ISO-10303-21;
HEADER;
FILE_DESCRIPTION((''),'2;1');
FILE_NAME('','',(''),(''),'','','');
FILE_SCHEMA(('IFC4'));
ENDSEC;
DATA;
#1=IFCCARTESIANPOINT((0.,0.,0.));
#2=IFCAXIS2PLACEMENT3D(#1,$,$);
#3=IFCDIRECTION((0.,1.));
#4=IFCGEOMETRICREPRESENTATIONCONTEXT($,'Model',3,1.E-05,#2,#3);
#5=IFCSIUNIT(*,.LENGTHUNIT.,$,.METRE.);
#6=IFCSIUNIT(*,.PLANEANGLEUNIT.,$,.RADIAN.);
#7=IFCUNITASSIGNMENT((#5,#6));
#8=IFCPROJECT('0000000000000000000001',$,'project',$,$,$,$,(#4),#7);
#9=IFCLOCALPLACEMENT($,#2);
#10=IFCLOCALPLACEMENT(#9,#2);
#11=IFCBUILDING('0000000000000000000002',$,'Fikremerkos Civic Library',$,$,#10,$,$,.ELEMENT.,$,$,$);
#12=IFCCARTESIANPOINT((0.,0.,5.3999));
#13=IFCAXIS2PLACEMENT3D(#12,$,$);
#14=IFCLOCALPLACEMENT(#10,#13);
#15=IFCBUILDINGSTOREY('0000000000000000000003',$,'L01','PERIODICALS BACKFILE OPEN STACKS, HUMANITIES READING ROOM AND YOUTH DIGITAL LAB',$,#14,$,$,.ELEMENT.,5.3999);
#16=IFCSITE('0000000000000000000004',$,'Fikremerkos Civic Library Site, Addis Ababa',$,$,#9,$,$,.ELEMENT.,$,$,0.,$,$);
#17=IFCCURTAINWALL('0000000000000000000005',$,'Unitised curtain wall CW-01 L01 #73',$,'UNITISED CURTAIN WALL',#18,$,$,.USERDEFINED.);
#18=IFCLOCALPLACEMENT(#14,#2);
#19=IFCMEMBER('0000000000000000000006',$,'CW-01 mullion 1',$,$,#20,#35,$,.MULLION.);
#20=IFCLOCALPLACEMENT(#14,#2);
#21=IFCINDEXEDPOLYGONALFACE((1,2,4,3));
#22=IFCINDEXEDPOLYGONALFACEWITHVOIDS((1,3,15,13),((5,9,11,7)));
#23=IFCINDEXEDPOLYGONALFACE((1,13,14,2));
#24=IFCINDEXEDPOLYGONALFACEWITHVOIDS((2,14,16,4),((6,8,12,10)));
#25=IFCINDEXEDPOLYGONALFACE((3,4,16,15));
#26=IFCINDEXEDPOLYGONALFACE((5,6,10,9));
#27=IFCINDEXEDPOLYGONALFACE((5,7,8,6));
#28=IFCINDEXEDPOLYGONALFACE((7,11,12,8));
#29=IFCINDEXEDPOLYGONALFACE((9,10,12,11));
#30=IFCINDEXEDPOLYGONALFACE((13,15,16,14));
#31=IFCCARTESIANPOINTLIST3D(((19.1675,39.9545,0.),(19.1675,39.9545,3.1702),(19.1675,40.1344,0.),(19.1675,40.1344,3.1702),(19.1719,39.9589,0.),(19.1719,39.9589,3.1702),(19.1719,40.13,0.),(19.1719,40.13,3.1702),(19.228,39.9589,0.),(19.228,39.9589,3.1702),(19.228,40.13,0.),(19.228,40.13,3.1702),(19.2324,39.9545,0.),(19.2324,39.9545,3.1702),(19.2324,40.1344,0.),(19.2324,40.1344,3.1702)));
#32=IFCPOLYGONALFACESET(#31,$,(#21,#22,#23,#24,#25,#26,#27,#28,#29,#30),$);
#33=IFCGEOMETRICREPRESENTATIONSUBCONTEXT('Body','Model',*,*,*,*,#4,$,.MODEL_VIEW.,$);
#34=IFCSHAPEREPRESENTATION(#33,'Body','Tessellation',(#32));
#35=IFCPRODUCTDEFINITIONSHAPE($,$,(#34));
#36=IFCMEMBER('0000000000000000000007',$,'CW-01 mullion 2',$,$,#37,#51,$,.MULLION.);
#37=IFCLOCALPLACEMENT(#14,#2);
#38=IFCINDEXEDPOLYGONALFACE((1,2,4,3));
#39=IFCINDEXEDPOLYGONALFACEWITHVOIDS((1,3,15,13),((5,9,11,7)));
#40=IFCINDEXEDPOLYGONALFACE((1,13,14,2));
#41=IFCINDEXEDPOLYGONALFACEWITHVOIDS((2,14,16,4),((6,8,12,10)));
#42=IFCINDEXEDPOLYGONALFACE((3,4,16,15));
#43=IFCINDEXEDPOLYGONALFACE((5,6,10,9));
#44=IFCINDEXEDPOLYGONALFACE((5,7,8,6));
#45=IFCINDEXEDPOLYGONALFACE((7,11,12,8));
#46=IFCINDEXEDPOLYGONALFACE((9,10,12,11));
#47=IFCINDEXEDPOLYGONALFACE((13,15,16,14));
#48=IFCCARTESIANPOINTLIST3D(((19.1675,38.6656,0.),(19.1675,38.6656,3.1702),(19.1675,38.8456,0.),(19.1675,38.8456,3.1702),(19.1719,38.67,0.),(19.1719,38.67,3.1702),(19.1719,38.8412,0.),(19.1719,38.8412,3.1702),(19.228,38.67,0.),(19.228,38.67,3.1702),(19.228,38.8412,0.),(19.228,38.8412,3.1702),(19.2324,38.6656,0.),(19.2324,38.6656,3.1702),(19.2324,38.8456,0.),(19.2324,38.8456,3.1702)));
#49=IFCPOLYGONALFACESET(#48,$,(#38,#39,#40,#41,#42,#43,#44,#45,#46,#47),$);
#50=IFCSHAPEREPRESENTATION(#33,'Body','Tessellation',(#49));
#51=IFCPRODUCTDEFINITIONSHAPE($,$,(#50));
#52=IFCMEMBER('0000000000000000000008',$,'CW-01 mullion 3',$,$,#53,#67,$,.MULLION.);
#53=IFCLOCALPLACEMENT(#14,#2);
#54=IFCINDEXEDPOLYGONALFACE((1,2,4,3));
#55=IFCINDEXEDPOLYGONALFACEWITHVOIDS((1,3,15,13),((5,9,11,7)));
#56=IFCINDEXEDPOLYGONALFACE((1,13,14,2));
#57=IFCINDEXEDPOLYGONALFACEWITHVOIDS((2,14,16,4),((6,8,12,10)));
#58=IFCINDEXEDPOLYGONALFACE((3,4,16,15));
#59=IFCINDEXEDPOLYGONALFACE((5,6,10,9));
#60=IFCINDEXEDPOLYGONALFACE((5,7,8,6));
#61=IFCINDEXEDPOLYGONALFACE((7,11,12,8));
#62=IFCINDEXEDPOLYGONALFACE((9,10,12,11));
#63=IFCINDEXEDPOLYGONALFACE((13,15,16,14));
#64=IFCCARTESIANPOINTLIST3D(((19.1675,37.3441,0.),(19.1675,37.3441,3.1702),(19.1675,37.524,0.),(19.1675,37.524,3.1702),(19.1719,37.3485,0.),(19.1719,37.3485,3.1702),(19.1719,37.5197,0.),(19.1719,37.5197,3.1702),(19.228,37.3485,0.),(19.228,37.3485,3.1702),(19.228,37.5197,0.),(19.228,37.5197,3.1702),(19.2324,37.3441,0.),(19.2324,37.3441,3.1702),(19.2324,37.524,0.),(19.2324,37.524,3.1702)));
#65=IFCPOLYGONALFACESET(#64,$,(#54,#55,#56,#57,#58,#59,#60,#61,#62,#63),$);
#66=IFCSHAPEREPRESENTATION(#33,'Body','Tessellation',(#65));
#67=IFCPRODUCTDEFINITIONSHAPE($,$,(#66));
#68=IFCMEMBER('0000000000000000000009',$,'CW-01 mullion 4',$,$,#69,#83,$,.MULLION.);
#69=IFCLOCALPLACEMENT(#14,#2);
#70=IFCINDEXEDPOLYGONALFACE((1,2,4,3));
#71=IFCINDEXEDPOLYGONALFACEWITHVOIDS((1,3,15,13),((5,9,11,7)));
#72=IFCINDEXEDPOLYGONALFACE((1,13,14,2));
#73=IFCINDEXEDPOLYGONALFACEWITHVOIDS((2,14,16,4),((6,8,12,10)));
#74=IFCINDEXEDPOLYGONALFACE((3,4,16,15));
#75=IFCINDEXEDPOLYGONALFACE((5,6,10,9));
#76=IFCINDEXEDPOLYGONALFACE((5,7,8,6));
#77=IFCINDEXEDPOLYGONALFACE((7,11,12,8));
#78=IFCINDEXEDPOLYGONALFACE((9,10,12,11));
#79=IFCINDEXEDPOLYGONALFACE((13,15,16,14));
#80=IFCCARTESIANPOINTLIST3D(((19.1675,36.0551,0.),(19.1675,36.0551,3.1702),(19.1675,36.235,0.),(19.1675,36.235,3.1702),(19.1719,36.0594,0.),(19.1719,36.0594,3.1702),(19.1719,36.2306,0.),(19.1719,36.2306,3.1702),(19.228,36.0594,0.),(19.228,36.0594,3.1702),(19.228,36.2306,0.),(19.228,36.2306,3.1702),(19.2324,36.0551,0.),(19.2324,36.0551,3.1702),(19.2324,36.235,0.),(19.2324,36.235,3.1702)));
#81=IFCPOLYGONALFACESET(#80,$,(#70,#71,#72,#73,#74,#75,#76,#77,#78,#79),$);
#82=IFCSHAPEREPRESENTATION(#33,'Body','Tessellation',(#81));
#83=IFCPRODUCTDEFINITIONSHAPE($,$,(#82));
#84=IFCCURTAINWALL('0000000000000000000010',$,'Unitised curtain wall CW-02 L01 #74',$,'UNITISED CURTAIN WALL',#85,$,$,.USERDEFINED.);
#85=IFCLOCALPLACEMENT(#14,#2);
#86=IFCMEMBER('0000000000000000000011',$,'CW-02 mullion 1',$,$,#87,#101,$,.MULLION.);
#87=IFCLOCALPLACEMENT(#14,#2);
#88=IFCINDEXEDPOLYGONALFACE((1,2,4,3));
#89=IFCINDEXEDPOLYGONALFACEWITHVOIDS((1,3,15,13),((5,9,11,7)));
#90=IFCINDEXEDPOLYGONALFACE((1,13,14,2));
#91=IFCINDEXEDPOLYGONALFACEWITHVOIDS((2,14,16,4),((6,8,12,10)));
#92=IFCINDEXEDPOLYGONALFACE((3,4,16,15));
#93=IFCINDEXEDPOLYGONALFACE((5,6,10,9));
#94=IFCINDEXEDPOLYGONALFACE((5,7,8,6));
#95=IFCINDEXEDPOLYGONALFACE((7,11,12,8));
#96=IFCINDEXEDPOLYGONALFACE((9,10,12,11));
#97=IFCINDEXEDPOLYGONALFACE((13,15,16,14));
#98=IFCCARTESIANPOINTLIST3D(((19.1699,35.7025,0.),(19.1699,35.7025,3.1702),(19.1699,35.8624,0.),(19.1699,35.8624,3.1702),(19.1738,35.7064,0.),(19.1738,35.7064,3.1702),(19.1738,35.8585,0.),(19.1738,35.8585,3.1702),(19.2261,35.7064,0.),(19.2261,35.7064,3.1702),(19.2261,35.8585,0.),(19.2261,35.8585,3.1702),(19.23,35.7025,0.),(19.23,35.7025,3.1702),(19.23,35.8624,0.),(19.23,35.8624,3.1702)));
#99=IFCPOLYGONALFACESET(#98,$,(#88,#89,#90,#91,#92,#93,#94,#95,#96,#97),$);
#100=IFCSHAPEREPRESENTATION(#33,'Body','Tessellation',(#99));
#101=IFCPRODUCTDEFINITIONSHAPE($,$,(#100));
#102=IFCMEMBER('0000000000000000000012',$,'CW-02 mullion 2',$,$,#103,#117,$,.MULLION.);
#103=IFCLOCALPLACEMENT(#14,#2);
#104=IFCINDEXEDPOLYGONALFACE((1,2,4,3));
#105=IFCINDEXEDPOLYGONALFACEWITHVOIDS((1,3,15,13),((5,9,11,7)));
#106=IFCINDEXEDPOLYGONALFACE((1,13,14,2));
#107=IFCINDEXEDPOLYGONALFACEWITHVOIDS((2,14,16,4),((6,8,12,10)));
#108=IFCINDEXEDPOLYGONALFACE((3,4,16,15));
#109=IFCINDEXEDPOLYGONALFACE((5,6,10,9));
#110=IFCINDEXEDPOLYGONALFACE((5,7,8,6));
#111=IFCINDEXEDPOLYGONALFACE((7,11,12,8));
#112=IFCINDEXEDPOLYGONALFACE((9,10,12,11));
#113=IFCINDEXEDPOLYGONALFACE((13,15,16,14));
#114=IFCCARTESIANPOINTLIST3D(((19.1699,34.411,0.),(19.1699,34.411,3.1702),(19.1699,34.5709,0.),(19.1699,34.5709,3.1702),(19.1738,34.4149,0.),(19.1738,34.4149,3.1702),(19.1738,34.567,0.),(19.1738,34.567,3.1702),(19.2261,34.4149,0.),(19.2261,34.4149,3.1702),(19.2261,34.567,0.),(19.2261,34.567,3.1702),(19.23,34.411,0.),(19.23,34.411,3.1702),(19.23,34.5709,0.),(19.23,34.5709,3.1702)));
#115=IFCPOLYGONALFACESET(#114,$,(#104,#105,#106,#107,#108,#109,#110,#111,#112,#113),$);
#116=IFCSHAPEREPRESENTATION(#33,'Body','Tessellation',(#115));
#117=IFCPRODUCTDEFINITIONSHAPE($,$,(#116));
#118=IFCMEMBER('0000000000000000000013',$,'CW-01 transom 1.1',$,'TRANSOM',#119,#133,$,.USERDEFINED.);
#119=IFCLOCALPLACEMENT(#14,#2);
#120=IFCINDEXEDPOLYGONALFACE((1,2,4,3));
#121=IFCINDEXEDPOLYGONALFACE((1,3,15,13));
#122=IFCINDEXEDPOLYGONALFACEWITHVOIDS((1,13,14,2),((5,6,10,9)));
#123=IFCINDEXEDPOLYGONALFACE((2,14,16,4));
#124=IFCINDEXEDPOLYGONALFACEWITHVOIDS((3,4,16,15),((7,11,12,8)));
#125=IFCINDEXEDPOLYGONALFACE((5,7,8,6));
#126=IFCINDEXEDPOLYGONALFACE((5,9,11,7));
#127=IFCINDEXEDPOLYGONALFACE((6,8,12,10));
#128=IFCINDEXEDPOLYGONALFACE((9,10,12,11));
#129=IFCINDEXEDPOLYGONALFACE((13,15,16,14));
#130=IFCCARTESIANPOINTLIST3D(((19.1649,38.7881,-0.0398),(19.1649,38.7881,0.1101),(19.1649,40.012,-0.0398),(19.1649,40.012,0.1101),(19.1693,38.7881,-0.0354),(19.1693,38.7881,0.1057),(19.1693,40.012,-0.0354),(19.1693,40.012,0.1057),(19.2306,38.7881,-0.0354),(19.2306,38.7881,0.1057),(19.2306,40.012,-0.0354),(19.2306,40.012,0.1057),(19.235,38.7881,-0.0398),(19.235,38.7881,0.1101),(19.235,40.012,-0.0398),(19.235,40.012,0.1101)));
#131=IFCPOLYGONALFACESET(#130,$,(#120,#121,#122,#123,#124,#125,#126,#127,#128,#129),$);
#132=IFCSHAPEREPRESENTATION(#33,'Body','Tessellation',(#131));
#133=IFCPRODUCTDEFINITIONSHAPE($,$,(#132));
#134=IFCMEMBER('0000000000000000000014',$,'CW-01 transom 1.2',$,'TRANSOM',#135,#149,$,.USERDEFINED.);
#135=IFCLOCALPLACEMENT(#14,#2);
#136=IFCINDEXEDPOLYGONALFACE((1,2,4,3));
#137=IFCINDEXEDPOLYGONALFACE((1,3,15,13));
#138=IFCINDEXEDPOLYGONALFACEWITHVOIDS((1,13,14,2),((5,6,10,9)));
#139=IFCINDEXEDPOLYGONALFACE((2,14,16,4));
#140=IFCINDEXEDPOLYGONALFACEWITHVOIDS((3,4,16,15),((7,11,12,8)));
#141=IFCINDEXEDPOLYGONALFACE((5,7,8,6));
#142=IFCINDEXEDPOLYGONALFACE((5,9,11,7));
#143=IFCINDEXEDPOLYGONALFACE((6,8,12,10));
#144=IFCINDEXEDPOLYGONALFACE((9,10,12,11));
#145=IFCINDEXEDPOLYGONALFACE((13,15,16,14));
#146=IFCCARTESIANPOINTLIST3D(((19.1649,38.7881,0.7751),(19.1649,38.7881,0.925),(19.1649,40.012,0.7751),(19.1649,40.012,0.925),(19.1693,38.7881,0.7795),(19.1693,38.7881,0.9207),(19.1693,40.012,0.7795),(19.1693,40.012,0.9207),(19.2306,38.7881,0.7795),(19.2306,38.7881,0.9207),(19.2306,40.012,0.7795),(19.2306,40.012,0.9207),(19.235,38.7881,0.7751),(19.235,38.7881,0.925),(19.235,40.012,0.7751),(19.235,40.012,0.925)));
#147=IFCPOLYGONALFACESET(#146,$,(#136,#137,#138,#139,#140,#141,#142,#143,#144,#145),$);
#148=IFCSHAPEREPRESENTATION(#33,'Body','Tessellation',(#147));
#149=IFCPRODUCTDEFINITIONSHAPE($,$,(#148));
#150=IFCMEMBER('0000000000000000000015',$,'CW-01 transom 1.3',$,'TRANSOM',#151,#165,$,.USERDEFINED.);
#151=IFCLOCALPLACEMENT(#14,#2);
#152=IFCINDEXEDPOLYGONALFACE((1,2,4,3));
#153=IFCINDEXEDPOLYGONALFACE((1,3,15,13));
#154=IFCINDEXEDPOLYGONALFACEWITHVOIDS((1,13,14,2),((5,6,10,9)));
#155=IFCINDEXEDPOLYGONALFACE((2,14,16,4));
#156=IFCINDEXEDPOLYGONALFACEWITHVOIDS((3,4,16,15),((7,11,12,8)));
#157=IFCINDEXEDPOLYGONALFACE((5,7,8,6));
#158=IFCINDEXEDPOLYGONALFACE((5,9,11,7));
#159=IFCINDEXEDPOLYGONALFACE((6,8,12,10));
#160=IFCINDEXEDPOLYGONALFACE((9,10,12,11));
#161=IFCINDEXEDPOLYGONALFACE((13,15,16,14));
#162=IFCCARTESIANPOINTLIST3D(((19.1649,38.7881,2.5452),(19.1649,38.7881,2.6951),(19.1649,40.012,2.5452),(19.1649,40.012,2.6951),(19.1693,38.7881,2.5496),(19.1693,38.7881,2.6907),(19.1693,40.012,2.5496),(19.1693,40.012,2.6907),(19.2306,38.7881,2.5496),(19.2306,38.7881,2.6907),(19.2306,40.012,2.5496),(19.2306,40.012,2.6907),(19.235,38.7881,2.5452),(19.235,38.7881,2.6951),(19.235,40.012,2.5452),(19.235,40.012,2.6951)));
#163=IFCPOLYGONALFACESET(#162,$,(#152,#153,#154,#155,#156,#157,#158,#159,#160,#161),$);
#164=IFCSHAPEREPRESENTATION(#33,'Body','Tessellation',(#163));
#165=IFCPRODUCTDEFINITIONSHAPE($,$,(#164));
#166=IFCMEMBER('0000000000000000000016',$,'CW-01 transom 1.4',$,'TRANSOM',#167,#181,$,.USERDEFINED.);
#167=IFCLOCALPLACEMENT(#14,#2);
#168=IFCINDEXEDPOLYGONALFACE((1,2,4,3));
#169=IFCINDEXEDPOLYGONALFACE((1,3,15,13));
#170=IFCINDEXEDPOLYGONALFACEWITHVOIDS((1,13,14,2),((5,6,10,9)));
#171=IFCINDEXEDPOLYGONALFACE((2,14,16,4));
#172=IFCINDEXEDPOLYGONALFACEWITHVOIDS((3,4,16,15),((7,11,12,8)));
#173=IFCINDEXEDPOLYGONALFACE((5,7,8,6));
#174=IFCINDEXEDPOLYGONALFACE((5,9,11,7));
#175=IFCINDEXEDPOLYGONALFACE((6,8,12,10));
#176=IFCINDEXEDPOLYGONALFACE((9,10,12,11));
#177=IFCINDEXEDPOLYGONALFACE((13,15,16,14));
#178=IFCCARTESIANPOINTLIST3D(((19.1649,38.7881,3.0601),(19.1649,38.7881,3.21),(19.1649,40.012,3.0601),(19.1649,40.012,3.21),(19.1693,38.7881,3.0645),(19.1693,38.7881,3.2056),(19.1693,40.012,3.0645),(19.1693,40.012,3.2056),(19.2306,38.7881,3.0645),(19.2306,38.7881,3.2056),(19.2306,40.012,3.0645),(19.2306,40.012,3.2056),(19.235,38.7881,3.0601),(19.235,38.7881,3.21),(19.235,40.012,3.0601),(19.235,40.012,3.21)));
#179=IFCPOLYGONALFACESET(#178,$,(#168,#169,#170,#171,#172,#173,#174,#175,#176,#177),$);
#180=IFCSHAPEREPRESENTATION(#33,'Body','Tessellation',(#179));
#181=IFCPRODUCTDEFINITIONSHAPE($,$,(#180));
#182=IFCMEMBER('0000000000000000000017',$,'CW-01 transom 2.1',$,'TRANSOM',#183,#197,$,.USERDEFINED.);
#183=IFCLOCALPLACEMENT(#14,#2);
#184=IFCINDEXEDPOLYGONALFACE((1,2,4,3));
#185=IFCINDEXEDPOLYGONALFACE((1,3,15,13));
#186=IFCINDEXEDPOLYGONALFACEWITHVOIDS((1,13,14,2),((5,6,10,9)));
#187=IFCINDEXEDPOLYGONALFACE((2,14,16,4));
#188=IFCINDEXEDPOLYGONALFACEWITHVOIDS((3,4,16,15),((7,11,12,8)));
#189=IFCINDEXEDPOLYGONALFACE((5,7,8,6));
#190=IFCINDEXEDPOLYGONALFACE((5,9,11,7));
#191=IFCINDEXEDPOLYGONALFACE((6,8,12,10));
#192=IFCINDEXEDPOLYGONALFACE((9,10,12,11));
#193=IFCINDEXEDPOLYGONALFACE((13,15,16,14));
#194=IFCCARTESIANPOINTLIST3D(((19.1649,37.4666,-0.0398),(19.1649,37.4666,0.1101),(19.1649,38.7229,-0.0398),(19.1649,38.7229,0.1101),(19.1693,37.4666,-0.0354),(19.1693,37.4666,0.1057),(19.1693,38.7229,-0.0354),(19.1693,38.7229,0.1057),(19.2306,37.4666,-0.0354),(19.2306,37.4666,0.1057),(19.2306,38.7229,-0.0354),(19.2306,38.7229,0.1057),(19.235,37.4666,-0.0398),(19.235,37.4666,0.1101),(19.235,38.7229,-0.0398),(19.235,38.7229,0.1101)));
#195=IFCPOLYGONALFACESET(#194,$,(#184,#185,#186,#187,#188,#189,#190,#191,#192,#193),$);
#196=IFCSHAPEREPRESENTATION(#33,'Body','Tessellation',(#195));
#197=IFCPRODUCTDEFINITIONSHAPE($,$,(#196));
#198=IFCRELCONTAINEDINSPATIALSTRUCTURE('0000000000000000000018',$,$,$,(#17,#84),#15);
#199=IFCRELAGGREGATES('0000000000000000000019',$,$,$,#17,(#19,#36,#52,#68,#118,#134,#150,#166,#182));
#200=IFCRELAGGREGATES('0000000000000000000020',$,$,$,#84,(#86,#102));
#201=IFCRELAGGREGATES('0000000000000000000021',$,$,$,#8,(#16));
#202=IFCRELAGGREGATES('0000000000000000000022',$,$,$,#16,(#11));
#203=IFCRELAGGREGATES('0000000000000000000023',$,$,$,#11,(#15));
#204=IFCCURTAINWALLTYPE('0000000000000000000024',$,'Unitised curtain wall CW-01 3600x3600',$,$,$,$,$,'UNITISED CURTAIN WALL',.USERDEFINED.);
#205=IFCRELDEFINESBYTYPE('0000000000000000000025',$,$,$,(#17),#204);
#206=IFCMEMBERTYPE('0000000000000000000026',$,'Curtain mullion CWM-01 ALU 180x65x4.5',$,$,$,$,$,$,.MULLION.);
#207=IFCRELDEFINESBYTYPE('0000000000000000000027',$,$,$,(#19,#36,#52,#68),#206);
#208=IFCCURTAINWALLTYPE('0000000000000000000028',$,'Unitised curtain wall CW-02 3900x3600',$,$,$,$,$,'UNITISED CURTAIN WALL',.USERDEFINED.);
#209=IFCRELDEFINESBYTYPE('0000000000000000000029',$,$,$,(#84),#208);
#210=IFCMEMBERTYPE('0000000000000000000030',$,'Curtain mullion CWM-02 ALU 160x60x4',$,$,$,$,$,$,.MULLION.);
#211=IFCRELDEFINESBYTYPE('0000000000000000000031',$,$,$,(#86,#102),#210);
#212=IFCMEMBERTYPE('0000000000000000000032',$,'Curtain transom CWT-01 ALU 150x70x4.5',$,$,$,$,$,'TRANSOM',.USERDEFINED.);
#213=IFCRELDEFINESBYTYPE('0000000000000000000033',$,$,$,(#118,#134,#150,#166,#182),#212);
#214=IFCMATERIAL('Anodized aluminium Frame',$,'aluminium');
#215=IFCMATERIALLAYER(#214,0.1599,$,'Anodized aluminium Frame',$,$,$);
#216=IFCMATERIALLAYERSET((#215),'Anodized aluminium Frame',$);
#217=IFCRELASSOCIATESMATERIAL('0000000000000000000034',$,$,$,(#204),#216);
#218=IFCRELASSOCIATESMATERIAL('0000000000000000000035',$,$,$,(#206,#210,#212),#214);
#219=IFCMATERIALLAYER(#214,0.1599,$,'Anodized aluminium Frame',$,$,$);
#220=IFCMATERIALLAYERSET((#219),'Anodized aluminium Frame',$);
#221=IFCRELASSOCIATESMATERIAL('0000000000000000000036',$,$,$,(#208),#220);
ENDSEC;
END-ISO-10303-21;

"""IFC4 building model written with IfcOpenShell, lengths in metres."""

from ifc_helpers import new_model, si_unit, direction, frame, origin, origin_2d, place, context, subcontext, project, spatial, hollow_rectangle, extrude, material, layer, layer_set, material_profile, profile_set, type_object, element, aggregate, save


model = new_model("IFC4")

# Units and contexts
model_context = context("Model", 3, precision=1e-05, world=origin(), true_north=direction((0.0, 1.0)))
body_context = subcontext(model_context, "Body", "Model", "MODEL_VIEW")
ifc_project = project(units=[si_unit("LENGTHUNIT", "METRE"), si_unit("PLANEANGLEUNIT", "RADIAN")], contexts=[model_context])

# Site, building, storey
site_placement = place(None, origin())
site = spatial("IfcSite", under=ifc_project, at=site_placement, Name="Fikremerkos Civic Library Site, Addis Ababa", CompositionType="ELEMENT", RefElevation=0.0)
building_placement = place(site_placement, origin())
building = spatial("IfcBuilding", under=site, at=building_placement, Name="Fikremerkos Civic Library", CompositionType="ELEMENT")
storey_placement = place(building_placement, frame((0.0, 0.0, 5.3999)))
storey = spatial("IfcBuildingStorey", under=building, at=storey_placement, Name="L01", Description="PERIODICALS BACKFILE OPEN STACKS, HUMANITIES READING ROOM AND YOUTH DIGITAL LAB", CompositionType="ELEMENT", Elevation=5.3999)

# Curtain walls, members
ifc_material_1 = material(Name="Anodized aluminium Frame", Category="aluminium")
ifc_layer_1 = layer(ifc_material_1, 0.1599, Name="Anodized aluminium Frame")
ifc_layer_set_1 = layer_set([ifc_layer_1], Name="Anodized aluminium Frame")
curtain_wall_type_1 = type_object("IfcCurtainWallType", Name="Unitised curtain wall CW-01 3600x3600", ElementType="UNITISED CURTAIN WALL", PredefinedType="USERDEFINED", material=ifc_layer_set_1)
curtain_wall_1_placement = place(storey_placement, origin())
curtain_wall_1 = element("IfcCurtainWall", 1, at=curtain_wall_1_placement, inside=storey, type_object=curtain_wall_type_1, Name="Unitised curtain wall CW-01 L01 #73", ObjectType="UNITISED CURTAIN WALL", PredefinedType="USERDEFINED")
ifc_material_profile_1 = material_profile(ifc_material_1, hollow_rectangle(XDim=0.0649, YDim=0.1799, WallThickness=0.0044, at=origin_2d()), Name="ALU 180x65x4.5")
ifc_profile_set_1 = profile_set([ifc_material_profile_1], Name="Anodized aluminium Frame")
member_type_1 = type_object("IfcMemberType", Name="Curtain mullion CWM-01 ALU 180x65x4.5", PredefinedType="MULLION", material=ifc_profile_set_1)
member_1_placement = place(storey_placement, frame((19.2, 40.0444, 0.0), z_axis=(0.0, 0.0, 1.0), x_axis=(1.0, 0.0, 0.0)))
member_1 = element("IfcMember", 2, at=member_1_placement, type_object=member_type_1, Name="CW-01 mullion 1", PredefinedType="MULLION", context=body_context, shape_type="SweptSolid", body=[
    extrude(hollow_rectangle(XDim=0.0649, YDim=0.1799, WallThickness=0.0044, at=origin_2d()), origin(), (0.0, 0.0, 1.0), 3.1702),
])
member_2_placement = place(storey_placement, frame((19.2, 38.7556, 0.0), z_axis=(0.0, 0.0, 1.0), x_axis=(1.0, 0.0, 0.0)))
member_2 = element("IfcMember", 3, at=member_2_placement, type_object=member_type_1, Name="CW-01 mullion 2", PredefinedType="MULLION", context=body_context, shape_type="SweptSolid", body=[
    extrude(hollow_rectangle(XDim=0.0649, YDim=0.1799, WallThickness=0.0044, at=origin_2d()), origin(), (0.0, 0.0, 1.0), 3.1702),
])
member_3_placement = place(storey_placement, frame((19.2, 37.4341, 0.0), z_axis=(0.0, 0.0, 1.0), x_axis=(1.0, 0.0, 0.0)))
member_3 = element("IfcMember", 4, at=member_3_placement, type_object=member_type_1, Name="CW-01 mullion 3", PredefinedType="MULLION", context=body_context, shape_type="SweptSolid", body=[
    extrude(hollow_rectangle(XDim=0.0649, YDim=0.1799, WallThickness=0.0044, at=origin_2d()), origin(), (0.0, 0.0, 1.0), 3.1702),
])
member_4_placement = place(storey_placement, frame((19.2, 36.145, 0.0), z_axis=(0.0, 0.0, 1.0), x_axis=(1.0, 0.0, 0.0)))
member_4 = element("IfcMember", 5, at=member_4_placement, type_object=member_type_1, Name="CW-01 mullion 4", PredefinedType="MULLION", context=body_context, shape_type="SweptSolid", body=[
    extrude(hollow_rectangle(XDim=0.0649, YDim=0.1799, WallThickness=0.0044, at=origin_2d()), origin(), (0.0, 0.0, 1.0), 3.1702),
])
ifc_layer_2 = layer(ifc_material_1, 0.1599, Name="Anodized aluminium Frame")
ifc_layer_set_2 = layer_set([ifc_layer_2], Name="Anodized aluminium Frame")
curtain_wall_type_2 = type_object("IfcCurtainWallType", Name="Unitised curtain wall CW-02 3900x3600", ElementType="UNITISED CURTAIN WALL", PredefinedType="USERDEFINED", material=ifc_layer_set_2)
curtain_wall_2_placement = place(storey_placement, origin())
curtain_wall_2 = element("IfcCurtainWall", 6, at=curtain_wall_2_placement, inside=storey, type_object=curtain_wall_type_2, Name="Unitised curtain wall CW-02 L01 #74", ObjectType="UNITISED CURTAIN WALL", PredefinedType="USERDEFINED")
ifc_material_profile_2 = material_profile(ifc_material_1, hollow_rectangle(XDim=0.0601, YDim=0.1599, WallThickness=0.0039, at=origin_2d()), Name="ALU 160x60x4")
ifc_profile_set_2 = profile_set([ifc_material_profile_2], Name="Anodized aluminium Frame")
member_type_2 = type_object("IfcMemberType", Name="Curtain mullion CWM-02 ALU 160x60x4", PredefinedType="MULLION", material=ifc_profile_set_2)
member_5_placement = place(storey_placement, frame((19.2, 35.7825, 0.0), z_axis=(0.0, 0.0, 1.0), x_axis=(1.0, 0.0, 0.0)))
member_5 = element("IfcMember", 7, at=member_5_placement, type_object=member_type_2, Name="CW-02 mullion 1", PredefinedType="MULLION", context=body_context, shape_type="SweptSolid", body=[
    extrude(hollow_rectangle(XDim=0.0601, YDim=0.1599, WallThickness=0.0039, at=origin_2d()), origin(), (0.0, 0.0, 1.0), 3.1702),
])
member_6_placement = place(storey_placement, frame((19.2, 34.491, 0.0), z_axis=(0.0, 0.0, 1.0), x_axis=(1.0, 0.0, 0.0)))
member_6 = element("IfcMember", 8, at=member_6_placement, type_object=member_type_2, Name="CW-02 mullion 2", PredefinedType="MULLION", context=body_context, shape_type="SweptSolid", body=[
    extrude(hollow_rectangle(XDim=0.0601, YDim=0.1599, WallThickness=0.0039, at=origin_2d()), origin(), (0.0, 0.0, 1.0), 3.1702),
])

# Members
ifc_material_profile_3 = material_profile(ifc_material_1, hollow_rectangle(XDim=0.0701, YDim=0.1499, WallThickness=0.0044, at=origin_2d()), Name="ALU 150x70x4.5")
ifc_profile_set_3 = profile_set([ifc_material_profile_3], Name="Anodized aluminium Frame")
member_type_3 = type_object("IfcMemberType", Name="Curtain transom CWT-01 ALU 150x70x4.5", ElementType="TRANSOM", PredefinedType="USERDEFINED", material=ifc_profile_set_3)
member_7_placement = place(storey_placement, frame((19.2, 40.012, 0.0352), z_axis=(0.0, -1.0, 0.0), x_axis=(1.0, 0.0, 0.0)))
member_7 = element("IfcMember", 9, at=member_7_placement, type_object=member_type_3, Name="CW-01 transom 1.1", ObjectType="TRANSOM", PredefinedType="USERDEFINED", context=body_context, shape_type="SweptSolid", body=[
    extrude(hollow_rectangle(XDim=0.0701, YDim=0.1499, WallThickness=0.0044, at=origin_2d()), origin(), (0.0, 0.0, 1.0), 1.2239),
])
member_8_placement = place(storey_placement, frame((19.2, 40.012, 0.8501), z_axis=(0.0, -1.0, 0.0), x_axis=(1.0, 0.0, 0.0)))
member_8 = element("IfcMember", 10, at=member_8_placement, type_object=member_type_3, Name="CW-01 transom 1.2", ObjectType="TRANSOM", PredefinedType="USERDEFINED", context=body_context, shape_type="SweptSolid", body=[
    extrude(hollow_rectangle(XDim=0.0701, YDim=0.1499, WallThickness=0.0044, at=origin_2d()), origin(), (0.0, 0.0, 1.0), 1.2239),
])
member_9_placement = place(storey_placement, frame((19.2, 40.012, 2.6201), z_axis=(0.0, -1.0, 0.0), x_axis=(1.0, 0.0, 0.0)))
member_9 = element("IfcMember", 11, at=member_9_placement, type_object=member_type_3, Name="CW-01 transom 1.3", ObjectType="TRANSOM", PredefinedType="USERDEFINED", context=body_context, shape_type="SweptSolid", body=[
    extrude(hollow_rectangle(XDim=0.0701, YDim=0.1499, WallThickness=0.0044, at=origin_2d()), origin(), (0.0, 0.0, 1.0), 1.2239),
])
member_10_placement = place(storey_placement, frame((19.2, 40.012, 3.135), z_axis=(0.0, -1.0, 0.0), x_axis=(1.0, 0.0, 0.0)))
member_10 = element("IfcMember", 12, at=member_10_placement, type_object=member_type_3, Name="CW-01 transom 1.4", ObjectType="TRANSOM", PredefinedType="USERDEFINED", context=body_context, shape_type="SweptSolid", body=[
    extrude(hollow_rectangle(XDim=0.0701, YDim=0.1499, WallThickness=0.0044, at=origin_2d()), origin(), (0.0, 0.0, 1.0), 1.2239),
])
member_11_placement = place(storey_placement, frame((19.2, 38.7229, 0.0352), z_axis=(0.0, -1.0, 0.0), x_axis=(1.0, 0.0, 0.0)))
member_11 = element("IfcMember", 13, at=member_11_placement, type_object=member_type_3, Name="CW-01 transom 2.1", ObjectType="TRANSOM", PredefinedType="USERDEFINED", context=body_context, shape_type="SweptSolid", body=[
    extrude(hollow_rectangle(XDim=0.0701, YDim=0.1499, WallThickness=0.0044, at=origin_2d()), origin(), (0.0, 0.0, 1.0), 1.2563),
])

aggregate(curtain_wall_1, [member_1, member_2, member_3, member_4, member_7, member_8, member_9, member_10, member_11])
aggregate(curtain_wall_2, [member_5, member_6])

save(model, "model.ifc")
